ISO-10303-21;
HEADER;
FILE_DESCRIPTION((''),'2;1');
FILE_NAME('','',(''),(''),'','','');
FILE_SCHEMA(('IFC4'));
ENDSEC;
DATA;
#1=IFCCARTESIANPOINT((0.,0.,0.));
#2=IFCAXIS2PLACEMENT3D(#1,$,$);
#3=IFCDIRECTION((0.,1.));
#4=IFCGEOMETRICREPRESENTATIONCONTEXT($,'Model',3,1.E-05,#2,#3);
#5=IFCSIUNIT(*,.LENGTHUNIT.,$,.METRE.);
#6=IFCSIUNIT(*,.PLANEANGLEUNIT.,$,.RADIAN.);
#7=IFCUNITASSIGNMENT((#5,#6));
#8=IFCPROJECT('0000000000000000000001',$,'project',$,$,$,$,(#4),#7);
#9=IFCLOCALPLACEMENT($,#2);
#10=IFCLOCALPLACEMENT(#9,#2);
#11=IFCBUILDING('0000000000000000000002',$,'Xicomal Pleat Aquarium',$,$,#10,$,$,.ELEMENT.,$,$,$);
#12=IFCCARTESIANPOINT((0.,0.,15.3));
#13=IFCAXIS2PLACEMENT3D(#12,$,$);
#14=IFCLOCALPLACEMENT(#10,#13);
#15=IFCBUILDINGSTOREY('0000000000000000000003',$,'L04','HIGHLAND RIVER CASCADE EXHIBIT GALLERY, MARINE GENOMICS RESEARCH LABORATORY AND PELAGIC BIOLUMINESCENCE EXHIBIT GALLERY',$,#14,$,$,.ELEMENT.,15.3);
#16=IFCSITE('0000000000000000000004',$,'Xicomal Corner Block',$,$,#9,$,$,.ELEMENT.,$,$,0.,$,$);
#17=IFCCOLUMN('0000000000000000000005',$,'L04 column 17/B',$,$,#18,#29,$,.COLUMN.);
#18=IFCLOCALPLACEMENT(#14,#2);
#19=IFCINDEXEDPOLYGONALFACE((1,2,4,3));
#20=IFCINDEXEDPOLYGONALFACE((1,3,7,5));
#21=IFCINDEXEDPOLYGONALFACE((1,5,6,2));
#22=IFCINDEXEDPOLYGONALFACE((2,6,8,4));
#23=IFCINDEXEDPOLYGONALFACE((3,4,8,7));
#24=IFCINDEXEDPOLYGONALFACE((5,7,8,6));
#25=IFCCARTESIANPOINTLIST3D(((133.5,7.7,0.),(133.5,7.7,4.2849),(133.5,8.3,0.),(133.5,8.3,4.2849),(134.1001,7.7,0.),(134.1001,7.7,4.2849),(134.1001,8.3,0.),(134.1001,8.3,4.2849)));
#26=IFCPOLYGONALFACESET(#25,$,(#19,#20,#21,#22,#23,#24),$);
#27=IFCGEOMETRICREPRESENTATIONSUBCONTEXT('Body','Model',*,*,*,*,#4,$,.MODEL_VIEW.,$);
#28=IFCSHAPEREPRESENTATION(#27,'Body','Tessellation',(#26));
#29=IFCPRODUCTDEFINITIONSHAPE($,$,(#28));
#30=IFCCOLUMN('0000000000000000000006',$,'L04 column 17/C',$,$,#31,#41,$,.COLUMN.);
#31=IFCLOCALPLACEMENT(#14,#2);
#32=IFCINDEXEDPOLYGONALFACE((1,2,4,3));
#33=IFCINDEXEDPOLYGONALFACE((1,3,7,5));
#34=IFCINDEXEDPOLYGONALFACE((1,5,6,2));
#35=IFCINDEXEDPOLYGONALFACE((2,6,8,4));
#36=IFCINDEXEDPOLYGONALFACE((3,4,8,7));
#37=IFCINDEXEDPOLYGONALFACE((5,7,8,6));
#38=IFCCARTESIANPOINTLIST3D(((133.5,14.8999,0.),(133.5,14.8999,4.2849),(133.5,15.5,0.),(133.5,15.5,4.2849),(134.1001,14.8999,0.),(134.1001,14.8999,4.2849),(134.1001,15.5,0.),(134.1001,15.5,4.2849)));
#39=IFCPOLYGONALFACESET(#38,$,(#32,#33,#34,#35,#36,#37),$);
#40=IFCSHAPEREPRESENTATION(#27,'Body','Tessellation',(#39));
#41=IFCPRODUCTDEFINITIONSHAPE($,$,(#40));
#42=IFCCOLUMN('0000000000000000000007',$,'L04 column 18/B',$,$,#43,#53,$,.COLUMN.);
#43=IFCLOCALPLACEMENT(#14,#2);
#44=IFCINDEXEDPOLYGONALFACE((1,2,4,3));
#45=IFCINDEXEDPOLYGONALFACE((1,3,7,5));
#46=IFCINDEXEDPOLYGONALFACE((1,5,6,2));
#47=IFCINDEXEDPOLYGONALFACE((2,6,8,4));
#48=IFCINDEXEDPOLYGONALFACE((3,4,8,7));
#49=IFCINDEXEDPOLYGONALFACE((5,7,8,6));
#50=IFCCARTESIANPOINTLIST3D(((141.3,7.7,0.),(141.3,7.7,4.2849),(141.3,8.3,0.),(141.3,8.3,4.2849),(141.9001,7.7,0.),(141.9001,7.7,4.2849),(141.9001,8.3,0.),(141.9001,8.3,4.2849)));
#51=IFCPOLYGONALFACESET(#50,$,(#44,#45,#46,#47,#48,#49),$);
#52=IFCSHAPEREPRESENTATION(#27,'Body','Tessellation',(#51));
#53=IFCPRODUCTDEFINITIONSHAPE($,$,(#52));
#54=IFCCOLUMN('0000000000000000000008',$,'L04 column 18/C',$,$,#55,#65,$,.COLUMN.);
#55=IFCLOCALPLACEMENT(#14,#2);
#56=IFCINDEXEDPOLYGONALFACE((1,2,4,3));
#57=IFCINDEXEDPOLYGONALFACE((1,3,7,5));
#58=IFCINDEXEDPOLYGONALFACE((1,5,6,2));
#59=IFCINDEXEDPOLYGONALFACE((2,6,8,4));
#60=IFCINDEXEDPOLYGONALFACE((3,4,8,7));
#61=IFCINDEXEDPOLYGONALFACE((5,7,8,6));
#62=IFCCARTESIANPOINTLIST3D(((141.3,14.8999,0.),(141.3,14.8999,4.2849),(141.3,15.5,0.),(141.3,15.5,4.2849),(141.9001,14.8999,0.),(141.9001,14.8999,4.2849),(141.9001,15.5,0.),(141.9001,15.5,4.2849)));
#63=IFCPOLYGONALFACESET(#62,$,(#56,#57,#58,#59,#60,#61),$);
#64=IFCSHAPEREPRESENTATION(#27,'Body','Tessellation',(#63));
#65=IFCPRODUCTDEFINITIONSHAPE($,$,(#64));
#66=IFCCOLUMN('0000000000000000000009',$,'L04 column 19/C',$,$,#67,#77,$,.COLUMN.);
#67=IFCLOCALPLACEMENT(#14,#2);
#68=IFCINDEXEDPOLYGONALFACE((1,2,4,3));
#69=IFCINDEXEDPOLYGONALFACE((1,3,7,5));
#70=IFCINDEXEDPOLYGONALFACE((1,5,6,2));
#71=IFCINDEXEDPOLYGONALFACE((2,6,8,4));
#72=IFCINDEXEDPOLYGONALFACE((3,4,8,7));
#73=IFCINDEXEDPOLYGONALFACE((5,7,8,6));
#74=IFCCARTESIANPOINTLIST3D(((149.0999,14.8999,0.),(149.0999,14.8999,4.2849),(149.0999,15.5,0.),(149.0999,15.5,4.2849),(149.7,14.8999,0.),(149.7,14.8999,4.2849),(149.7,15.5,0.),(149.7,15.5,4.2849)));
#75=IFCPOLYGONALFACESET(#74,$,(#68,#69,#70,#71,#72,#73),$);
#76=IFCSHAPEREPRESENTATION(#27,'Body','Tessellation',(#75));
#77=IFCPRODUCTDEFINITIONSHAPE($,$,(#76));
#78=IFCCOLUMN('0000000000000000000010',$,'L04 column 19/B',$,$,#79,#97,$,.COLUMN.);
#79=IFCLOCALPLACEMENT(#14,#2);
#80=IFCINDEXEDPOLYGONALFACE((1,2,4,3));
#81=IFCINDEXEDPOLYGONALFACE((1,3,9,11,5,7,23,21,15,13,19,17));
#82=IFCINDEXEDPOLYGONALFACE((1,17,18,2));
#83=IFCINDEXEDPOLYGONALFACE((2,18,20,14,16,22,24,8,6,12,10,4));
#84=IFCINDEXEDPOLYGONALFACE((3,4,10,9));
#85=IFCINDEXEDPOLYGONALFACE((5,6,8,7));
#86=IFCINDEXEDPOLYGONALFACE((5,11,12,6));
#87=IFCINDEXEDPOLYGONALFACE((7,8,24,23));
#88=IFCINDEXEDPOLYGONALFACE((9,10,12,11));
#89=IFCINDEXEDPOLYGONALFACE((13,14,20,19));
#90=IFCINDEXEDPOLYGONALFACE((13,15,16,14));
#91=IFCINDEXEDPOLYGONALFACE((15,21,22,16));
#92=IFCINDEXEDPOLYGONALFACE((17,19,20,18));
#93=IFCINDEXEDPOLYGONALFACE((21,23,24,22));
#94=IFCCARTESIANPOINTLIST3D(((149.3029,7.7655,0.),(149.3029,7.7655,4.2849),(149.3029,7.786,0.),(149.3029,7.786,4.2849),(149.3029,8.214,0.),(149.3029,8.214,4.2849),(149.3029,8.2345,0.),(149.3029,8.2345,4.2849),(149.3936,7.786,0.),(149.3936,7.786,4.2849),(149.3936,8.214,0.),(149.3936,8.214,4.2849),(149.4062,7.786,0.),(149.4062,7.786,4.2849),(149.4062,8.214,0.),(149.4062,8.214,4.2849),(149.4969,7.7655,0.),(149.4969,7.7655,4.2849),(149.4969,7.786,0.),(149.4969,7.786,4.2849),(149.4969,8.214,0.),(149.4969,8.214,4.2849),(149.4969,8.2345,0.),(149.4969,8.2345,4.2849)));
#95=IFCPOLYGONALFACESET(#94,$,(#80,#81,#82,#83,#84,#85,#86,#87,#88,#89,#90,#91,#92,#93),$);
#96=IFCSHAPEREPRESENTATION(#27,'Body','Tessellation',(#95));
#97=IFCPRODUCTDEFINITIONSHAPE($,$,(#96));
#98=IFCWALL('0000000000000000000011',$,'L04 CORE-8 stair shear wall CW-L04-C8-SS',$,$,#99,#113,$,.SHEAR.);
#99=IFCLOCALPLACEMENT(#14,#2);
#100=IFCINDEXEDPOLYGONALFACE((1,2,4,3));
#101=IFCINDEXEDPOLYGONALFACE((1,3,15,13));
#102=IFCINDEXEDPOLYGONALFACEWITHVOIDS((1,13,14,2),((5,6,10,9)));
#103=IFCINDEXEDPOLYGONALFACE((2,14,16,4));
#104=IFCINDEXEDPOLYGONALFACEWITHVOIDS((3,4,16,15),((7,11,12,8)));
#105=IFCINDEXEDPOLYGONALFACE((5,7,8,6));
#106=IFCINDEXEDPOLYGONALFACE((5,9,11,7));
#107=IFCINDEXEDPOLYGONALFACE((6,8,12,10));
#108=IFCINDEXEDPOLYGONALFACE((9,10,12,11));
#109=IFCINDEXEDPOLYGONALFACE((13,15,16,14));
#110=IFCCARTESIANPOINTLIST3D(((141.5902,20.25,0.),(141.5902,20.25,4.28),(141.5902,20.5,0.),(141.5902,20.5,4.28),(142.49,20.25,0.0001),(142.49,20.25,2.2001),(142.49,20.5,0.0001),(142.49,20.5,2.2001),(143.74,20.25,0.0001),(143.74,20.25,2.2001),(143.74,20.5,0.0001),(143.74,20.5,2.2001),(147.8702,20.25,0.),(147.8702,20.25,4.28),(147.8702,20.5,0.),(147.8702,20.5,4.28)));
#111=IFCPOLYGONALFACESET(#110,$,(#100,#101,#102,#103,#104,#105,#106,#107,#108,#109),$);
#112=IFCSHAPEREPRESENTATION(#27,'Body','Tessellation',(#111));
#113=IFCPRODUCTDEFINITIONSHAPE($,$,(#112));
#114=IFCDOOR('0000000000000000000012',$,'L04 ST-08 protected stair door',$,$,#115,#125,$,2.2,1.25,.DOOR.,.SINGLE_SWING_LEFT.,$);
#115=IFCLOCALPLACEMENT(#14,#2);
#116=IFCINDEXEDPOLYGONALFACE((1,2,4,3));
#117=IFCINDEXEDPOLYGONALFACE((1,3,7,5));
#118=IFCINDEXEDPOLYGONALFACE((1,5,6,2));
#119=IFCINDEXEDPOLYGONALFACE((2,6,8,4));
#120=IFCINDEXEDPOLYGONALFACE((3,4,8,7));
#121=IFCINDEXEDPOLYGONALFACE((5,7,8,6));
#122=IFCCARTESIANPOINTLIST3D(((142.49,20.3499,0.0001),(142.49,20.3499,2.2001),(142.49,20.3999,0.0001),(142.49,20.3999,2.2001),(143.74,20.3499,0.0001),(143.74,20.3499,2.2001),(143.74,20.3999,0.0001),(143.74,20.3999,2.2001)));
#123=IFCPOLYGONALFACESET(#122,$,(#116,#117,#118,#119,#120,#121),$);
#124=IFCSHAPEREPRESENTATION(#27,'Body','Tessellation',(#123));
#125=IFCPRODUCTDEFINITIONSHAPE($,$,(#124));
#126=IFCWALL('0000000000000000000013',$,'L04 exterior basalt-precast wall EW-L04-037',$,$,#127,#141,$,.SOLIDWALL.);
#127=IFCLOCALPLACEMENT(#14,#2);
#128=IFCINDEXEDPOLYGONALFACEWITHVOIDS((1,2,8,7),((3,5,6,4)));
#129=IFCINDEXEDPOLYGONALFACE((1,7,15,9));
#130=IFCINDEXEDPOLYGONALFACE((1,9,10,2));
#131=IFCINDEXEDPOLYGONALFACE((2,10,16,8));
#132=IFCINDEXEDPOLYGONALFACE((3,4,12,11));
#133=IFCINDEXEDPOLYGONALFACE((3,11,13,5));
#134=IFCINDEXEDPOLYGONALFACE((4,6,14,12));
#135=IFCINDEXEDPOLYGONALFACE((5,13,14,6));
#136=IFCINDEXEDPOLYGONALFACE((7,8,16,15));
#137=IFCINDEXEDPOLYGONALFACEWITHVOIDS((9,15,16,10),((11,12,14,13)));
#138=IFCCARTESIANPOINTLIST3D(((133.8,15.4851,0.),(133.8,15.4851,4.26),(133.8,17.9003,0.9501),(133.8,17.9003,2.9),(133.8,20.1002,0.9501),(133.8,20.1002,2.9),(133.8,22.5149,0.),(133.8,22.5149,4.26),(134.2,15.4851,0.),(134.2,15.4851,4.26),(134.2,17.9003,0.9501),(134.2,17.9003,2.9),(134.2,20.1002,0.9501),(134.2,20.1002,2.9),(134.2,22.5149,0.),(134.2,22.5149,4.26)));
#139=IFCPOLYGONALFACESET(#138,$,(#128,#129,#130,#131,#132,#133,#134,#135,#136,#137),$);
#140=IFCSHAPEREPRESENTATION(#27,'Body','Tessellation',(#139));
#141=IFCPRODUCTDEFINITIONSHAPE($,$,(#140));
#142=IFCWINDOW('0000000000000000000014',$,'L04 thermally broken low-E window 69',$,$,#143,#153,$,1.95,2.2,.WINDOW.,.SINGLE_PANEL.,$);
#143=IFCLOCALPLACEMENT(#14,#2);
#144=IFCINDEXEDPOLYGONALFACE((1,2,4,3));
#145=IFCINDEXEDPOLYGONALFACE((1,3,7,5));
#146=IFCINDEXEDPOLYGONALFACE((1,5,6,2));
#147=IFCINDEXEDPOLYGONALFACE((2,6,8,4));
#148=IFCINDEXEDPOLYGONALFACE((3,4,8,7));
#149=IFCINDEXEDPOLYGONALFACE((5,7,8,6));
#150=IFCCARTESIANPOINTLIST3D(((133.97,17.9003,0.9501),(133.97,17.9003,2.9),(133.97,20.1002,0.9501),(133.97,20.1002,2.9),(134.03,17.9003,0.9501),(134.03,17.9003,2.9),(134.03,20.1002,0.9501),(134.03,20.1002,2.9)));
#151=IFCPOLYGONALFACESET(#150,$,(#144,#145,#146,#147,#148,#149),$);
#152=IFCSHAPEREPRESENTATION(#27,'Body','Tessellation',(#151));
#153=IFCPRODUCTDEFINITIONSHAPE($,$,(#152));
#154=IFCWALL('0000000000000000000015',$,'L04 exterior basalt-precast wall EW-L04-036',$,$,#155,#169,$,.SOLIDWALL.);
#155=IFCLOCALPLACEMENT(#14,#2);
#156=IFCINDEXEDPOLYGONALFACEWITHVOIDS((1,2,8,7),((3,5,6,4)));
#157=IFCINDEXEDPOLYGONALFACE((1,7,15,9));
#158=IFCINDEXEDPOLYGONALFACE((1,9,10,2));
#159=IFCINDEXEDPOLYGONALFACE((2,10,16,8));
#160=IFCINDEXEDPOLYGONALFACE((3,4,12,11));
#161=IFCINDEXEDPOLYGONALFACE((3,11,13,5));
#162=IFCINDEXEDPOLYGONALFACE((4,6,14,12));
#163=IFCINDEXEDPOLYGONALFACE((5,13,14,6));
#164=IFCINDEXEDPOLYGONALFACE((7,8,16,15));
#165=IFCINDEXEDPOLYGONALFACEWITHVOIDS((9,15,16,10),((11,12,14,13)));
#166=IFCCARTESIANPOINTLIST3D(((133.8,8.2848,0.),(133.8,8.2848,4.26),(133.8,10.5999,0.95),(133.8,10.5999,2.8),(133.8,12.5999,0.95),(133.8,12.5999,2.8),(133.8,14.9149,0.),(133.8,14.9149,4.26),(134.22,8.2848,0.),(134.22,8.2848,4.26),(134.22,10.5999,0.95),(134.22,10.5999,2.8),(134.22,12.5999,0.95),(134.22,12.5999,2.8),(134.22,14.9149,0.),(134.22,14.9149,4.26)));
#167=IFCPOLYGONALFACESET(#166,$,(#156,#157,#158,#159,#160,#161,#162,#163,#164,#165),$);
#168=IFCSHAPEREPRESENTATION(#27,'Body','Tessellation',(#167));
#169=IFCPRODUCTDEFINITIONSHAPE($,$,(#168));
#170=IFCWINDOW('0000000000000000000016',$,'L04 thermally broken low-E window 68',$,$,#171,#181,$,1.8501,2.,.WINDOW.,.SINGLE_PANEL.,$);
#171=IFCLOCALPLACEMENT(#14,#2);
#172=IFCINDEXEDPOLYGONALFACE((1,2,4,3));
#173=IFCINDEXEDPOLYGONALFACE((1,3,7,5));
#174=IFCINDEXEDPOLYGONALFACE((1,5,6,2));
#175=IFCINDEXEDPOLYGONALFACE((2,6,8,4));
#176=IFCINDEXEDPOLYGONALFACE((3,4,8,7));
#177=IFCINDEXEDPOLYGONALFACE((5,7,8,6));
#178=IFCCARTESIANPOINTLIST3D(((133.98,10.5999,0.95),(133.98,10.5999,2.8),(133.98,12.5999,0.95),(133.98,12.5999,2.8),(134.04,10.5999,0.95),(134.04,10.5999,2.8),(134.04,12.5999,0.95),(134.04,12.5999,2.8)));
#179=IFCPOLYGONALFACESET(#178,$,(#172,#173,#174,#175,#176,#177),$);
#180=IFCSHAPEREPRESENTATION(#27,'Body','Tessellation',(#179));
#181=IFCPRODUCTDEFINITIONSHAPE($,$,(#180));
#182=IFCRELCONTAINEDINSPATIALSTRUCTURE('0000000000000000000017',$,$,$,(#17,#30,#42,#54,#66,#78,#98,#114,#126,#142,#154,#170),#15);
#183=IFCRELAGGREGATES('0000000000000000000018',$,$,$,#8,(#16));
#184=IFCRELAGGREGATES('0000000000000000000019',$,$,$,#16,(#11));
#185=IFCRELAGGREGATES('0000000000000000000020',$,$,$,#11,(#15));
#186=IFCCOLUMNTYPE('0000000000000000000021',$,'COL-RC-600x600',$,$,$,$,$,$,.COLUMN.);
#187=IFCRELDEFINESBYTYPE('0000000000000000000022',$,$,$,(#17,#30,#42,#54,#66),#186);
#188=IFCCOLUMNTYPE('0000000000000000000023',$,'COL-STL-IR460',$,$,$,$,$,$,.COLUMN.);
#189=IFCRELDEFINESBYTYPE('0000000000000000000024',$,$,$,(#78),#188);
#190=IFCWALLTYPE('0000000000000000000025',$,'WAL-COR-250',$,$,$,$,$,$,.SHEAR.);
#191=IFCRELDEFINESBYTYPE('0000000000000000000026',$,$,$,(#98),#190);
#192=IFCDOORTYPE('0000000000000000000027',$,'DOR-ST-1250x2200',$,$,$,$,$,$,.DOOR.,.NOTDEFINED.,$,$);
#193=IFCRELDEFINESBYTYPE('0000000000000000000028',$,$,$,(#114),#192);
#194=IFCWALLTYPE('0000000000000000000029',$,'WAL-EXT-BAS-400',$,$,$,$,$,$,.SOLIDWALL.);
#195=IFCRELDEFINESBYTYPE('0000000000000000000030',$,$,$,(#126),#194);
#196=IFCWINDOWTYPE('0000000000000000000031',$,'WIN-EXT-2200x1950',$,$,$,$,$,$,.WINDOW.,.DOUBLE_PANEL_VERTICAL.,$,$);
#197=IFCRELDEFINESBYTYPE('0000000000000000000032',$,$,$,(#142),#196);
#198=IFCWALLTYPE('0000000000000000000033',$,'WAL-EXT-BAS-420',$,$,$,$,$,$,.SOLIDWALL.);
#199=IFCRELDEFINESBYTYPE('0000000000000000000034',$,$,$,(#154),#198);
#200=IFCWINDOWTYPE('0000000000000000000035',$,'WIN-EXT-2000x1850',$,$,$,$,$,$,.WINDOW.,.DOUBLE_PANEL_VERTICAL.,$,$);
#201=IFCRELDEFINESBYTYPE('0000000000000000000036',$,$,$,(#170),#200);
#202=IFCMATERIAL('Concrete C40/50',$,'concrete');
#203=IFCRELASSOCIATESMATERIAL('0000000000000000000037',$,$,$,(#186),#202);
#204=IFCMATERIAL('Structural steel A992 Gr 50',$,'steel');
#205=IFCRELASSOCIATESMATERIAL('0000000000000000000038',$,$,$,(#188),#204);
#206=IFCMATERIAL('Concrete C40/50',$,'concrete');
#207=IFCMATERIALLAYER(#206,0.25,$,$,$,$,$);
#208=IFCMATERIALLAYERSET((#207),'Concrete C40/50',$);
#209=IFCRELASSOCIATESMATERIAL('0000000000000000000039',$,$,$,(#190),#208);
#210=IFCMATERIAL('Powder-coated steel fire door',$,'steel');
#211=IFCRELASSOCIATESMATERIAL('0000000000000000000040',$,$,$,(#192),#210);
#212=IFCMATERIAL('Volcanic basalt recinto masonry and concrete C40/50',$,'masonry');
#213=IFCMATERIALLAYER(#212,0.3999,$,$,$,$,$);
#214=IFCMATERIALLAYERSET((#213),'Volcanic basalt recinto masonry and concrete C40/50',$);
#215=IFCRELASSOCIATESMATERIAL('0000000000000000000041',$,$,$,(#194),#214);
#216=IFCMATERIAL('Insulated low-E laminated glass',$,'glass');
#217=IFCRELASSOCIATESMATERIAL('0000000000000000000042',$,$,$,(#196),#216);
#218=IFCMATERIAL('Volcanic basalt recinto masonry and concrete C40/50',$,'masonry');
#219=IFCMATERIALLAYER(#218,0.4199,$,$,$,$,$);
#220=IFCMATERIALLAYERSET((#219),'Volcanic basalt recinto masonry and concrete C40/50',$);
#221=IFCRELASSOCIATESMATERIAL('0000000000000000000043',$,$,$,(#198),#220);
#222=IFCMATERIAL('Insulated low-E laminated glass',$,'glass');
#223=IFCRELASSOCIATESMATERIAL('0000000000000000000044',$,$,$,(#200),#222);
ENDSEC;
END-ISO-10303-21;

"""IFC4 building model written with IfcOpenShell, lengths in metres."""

from ifc_helpers import new_model, si_unit, direction, frame, frame_2d, origin, origin_2d, place, context, subcontext, project, spatial, rectangle, i_section, extrude, material, layer, layer_set, material_profile, profile_set, type_object, element, fill, save


model = new_model("IFC4")

# Units and contexts
model_context = context("Model", 3, precision=1e-05, world=origin(), true_north=direction((0.0, 1.0)))
body_context = subcontext(model_context, "Body", "Model", "MODEL_VIEW")
ifc_project = project(units=[si_unit("LENGTHUNIT", "METRE"), si_unit("PLANEANGLEUNIT", "RADIAN")], contexts=[model_context])

# Site, building, storey
site_placement = place(None, origin())
site = spatial("IfcSite", under=ifc_project, at=site_placement, Name="Xicomal Corner Block", CompositionType="ELEMENT", RefElevation=0.0)
building_placement = place(site_placement, origin())
building = spatial("IfcBuilding", under=site, at=building_placement, Name="Xicomal Pleat Aquarium", CompositionType="ELEMENT")
storey_placement = place(building_placement, frame((0.0, 0.0, 15.3)))
storey = spatial("IfcBuildingStorey", under=building, at=storey_placement, Name="L04", Description="HIGHLAND RIVER CASCADE EXHIBIT GALLERY, MARINE GENOMICS RESEARCH LABORATORY AND PELAGIC BIOLUMINESCENCE EXHIBIT GALLERY", CompositionType="ELEMENT", Elevation=15.3)

# Columns
ifc_material_1 = material(Name="Concrete C40/50", Category="concrete")
ifc_material_profile_1 = material_profile(ifc_material_1, rectangle(XDim=0.6001, YDim=0.6001, at=origin_2d()), Name="RC 600x600")
ifc_profile_set_1 = profile_set([ifc_material_profile_1], Name="Concrete C40/50")
column_type_1 = type_object("IfcColumnType", Name="COL-RC-600x600", PredefinedType="COLUMN", material=ifc_profile_set_1)
for number, where, z_axis, x_axis, name in (
    (1, (133.8, 8.0, 0.0), (0.0, 0.0, 1.0), (1.0, 0.0, 0.0), "L04 column 17/B"),
    (2, (133.8, 15.2, 0.0), (0.0, 0.0, 1.0), (1.0, 0.0, 0.0), "L04 column 17/C"),
    (3, (141.6001, 8.0, 0.0), (0.0, 0.0, 1.0), (1.0, 0.0, 0.0), "L04 column 18/B"),
    (4, (141.6001, 15.2, 0.0), (0.0, 0.0, 1.0), (1.0, 0.0, 0.0), "L04 column 18/C"),
    (5, (149.3999, 15.2, 0.0), (0.0, 0.0, 1.0), (1.0, 0.0, 0.0), "L04 column 19/C"),
):
    element("IfcColumn", number, at=place(storey_placement, frame(where, z_axis=z_axis, x_axis=x_axis)), inside=storey, type_object=column_type_1, Name=name, PredefinedType="COLUMN", context=body_context, shape_type="SweptSolid", body=[
        extrude(rectangle(XDim=0.6001, YDim=0.6001, at=origin_2d()), origin(), (0.0, 0.0, 1.0), 4.2849),
    ])
ifc_material_2 = material(Name="Structural steel A992 Gr 50", Category="steel")
ifc_material_profile_2 = material_profile(ifc_material_2, i_section(OverallWidth=0.1941, OverallDepth=0.469, WebThickness=0.0127, FlangeThickness=0.0205, at=origin_2d()), Name="IR 460x106")
ifc_profile_set_2 = profile_set([ifc_material_profile_2], Name="Structural steel A992 Gr 50")
column_type_2 = type_object("IfcColumnType", Name="COL-STL-IR460", PredefinedType="COLUMN", material=ifc_profile_set_2)
column_placement = place(storey_placement, frame((149.3999, 8.0, 0.0), z_axis=(0.0, 0.0, 1.0), x_axis=(1.0, 0.0, 0.0)))
element("IfcColumn", 6, at=column_placement, inside=storey, type_object=column_type_2, Name="L04 column 19/B", PredefinedType="COLUMN", context=body_context, shape_type="SweptSolid", body=[
    extrude(i_section(OverallWidth=0.1941, OverallDepth=0.469, WebThickness=0.0127, FlangeThickness=0.0205, at=origin_2d()), origin(), (0.0, 0.0, 1.0), 4.2849),
])

# Wall, opening, door
ifc_material_3 = material(Name="Concrete C40/50", Category="concrete")
ifc_layer_1 = layer(ifc_material_3, 0.25)
ifc_layer_set_1 = layer_set([ifc_layer_1], Name="Concrete C40/50")
wall_type_1 = type_object("IfcWallType", Name="WAL-COR-250", PredefinedType="SHEAR", material=ifc_layer_set_1)
wall_1_placement = place(storey_placement, frame((141.5901, 20.375, 0.0), z_axis=(0.0, 0.0, 1.0), x_axis=(1.0, 0.0, 0.0)))
wall_1 = element("IfcWall", 7, at=wall_1_placement, inside=storey, type_object=wall_type_1, Name="L04 CORE-8 stair shear wall CW-L04-C8-SS", PredefinedType="SHEAR", context=body_context, shape_type="SweptSolid", body=[
    extrude(rectangle(XDim=6.28, YDim=0.25, at=frame_2d((3.1401, 0.0))), origin(), (0.0, 0.0, 1.0), 4.28),
])
opening_1_placement = place(wall_1_placement, frame((0.8999, 0.0, 0.0)))
opening_1 = element("IfcOpeningElement", 8, at=opening_1_placement, cuts=wall_1, PredefinedType="OPENING", context=body_context, shape_type="SweptSolid", body=[
    extrude(rectangle(XDim=1.25, YDim=2.2, at=frame_2d((0.625, 1.1001))), frame((0.0, 0.135, 0.0), z_axis=(0.0, -1.0, 0.0), x_axis=(1.0, 0.0, 0.0)), (0.0, 0.0, 1.0), 0.27),
])
ifc_material_4 = material(Name="Powder-coated steel fire door", Category="steel")
door_type_1 = type_object("IfcDoorType", Name="DOR-ST-1250x2200", OperationType="NOTDEFINED", PredefinedType="DOOR", material=ifc_material_4)
door_1_placement = place(opening_1_placement, origin())
door_1 = element("IfcDoor", 9, at=door_1_placement, inside=storey, type_object=door_type_1, Name="L04 ST-08 protected stair door", OperationType="SINGLE_SWING_LEFT", OverallHeight=2.2, OverallWidth=1.25, PredefinedType="DOOR", context=body_context, shape_type="SweptSolid", body=[
    extrude(rectangle(XDim=1.25, YDim=2.2, at=frame_2d((0.625, 1.1001))), frame((0.0, 0.0249, 0.0), z_axis=(0.0, -1.0, 0.0), x_axis=(1.0, 0.0, 0.0)), (0.0, 0.0, 1.0), 0.05),
])
fill(opening_1, door_1)

# Walls, openings, windows
ifc_material_5 = material(Name="Volcanic basalt recinto masonry and concrete C40/50", Category="masonry")
ifc_layer_2 = layer(ifc_material_5, 0.3999)
ifc_layer_set_2 = layer_set([ifc_layer_2], Name="Volcanic basalt recinto masonry and concrete C40/50")
wall_type_2 = type_object("IfcWallType", Name="WAL-EXT-BAS-400", PredefinedType="SOLIDWALL", material=ifc_layer_set_2)
wall_2_placement = place(storey_placement, frame((134.0, 15.4851, 0.0), z_axis=(0.0, 0.0, 1.0), x_axis=(0.0, 1.0, 0.0)))
wall_2 = element("IfcWall", 10, at=wall_2_placement, inside=storey, type_object=wall_type_2, Name="L04 exterior basalt-precast wall EW-L04-037", PredefinedType="SOLIDWALL", context=body_context, shape_type="SweptSolid", body=[
    extrude(rectangle(XDim=7.0298, YDim=0.3999, at=frame_2d((3.5149, 0.0))), origin(), (0.0, 0.0, 1.0), 4.26),
])
opening_2_placement = place(wall_2_placement, frame((2.415, 0.0, 0.95)))
opening_2 = element("IfcOpeningElement", 11, at=opening_2_placement, cuts=wall_2, PredefinedType="OPENING", context=body_context, shape_type="SweptSolid", body=[
    extrude(rectangle(XDim=2.2, YDim=1.95, at=frame_2d((1.1001, 0.9751))), frame((0.0, 0.21, 0.0), z_axis=(0.0, -1.0, 0.0), x_axis=(1.0, 0.0, 0.0)), (0.0, 0.0, 1.0), 0.4199),
])
ifc_material_6 = material(Name="Insulated low-E laminated glass", Category="glass")
window_type_1 = type_object("IfcWindowType", Name="WIN-EXT-2200x1950", PartitioningType="DOUBLE_PANEL_VERTICAL", PredefinedType="WINDOW", material=ifc_material_6)
window_1_placement = place(opening_2_placement, origin())
window_1 = element("IfcWindow", 12, at=window_1_placement, inside=storey, type_object=window_type_1, Name="L04 thermally broken low-E window 69", OverallHeight=1.95, OverallWidth=2.2, PartitioningType="SINGLE_PANEL", PredefinedType="WINDOW", context=body_context, shape_type="SweptSolid", body=[
    extrude(rectangle(XDim=2.2, YDim=1.95, at=frame_2d((1.1001, 0.9751))), frame((0.0, 0.03, 0.0), z_axis=(0.0, -1.0, 0.0), x_axis=(1.0, 0.0, 0.0)), (0.0, 0.0, 1.0), 0.0601),
])
fill(opening_2, window_1)
ifc_material_7 = material(Name="Volcanic basalt recinto masonry and concrete C40/50", Category="masonry")
ifc_layer_3 = layer(ifc_material_7, 0.4199)
ifc_layer_set_3 = layer_set([ifc_layer_3], Name="Volcanic basalt recinto masonry and concrete C40/50")
wall_type_3 = type_object("IfcWallType", Name="WAL-EXT-BAS-420", PredefinedType="SOLIDWALL", material=ifc_layer_set_3)
wall_3_placement = place(storey_placement, frame((134.01, 8.2849, 0.0), z_axis=(0.0, 0.0, 1.0), x_axis=(0.0, 1.0, 0.0)))
wall_3 = element("IfcWall", 13, at=wall_3_placement, inside=storey, type_object=wall_type_3, Name="L04 exterior basalt-precast wall EW-L04-036", PredefinedType="SOLIDWALL", context=body_context, shape_type="SweptSolid", body=[
    extrude(rectangle(XDim=6.6301, YDim=0.4199, at=frame_2d((3.3149, 0.0))), origin(), (0.0, 0.0, 1.0), 4.26),
])
opening_3_placement = place(wall_3_placement, frame((2.3149, 0.0, 0.95)))
opening_3 = element("IfcOpeningElement", 14, at=opening_3_placement, cuts=wall_3, PredefinedType="OPENING", context=body_context, shape_type="SweptSolid", body=[
    extrude(rectangle(XDim=2.0, YDim=1.8501, at=frame_2d((1.0, 0.925))), frame((0.0, 0.22, 0.0), z_axis=(0.0, -1.0, 0.0), x_axis=(1.0, 0.0, 0.0)), (0.0, 0.0, 1.0), 0.4399),
])
ifc_material_8 = material(Name="Insulated low-E laminated glass", Category="glass")
window_type_2 = type_object("IfcWindowType", Name="WIN-EXT-2000x1850", PartitioningType="DOUBLE_PANEL_VERTICAL", PredefinedType="WINDOW", material=ifc_material_8)
window_2_placement = place(opening_3_placement, origin())
window_2 = element("IfcWindow", 15, at=window_2_placement, inside=storey, type_object=window_type_2, Name="L04 thermally broken low-E window 68", OverallHeight=1.8501, OverallWidth=2.0, PartitioningType="SINGLE_PANEL", PredefinedType="WINDOW", context=body_context, shape_type="SweptSolid", body=[
    extrude(rectangle(XDim=2.0, YDim=1.8501, at=frame_2d((1.0, 0.925))), frame((0.0, 0.03, 0.0), z_axis=(0.0, -1.0, 0.0), x_axis=(1.0, 0.0, 0.0)), (0.0, 0.0, 1.0), 0.0601),
])
fill(opening_3, window_2)

save(model, "model.ifc")
